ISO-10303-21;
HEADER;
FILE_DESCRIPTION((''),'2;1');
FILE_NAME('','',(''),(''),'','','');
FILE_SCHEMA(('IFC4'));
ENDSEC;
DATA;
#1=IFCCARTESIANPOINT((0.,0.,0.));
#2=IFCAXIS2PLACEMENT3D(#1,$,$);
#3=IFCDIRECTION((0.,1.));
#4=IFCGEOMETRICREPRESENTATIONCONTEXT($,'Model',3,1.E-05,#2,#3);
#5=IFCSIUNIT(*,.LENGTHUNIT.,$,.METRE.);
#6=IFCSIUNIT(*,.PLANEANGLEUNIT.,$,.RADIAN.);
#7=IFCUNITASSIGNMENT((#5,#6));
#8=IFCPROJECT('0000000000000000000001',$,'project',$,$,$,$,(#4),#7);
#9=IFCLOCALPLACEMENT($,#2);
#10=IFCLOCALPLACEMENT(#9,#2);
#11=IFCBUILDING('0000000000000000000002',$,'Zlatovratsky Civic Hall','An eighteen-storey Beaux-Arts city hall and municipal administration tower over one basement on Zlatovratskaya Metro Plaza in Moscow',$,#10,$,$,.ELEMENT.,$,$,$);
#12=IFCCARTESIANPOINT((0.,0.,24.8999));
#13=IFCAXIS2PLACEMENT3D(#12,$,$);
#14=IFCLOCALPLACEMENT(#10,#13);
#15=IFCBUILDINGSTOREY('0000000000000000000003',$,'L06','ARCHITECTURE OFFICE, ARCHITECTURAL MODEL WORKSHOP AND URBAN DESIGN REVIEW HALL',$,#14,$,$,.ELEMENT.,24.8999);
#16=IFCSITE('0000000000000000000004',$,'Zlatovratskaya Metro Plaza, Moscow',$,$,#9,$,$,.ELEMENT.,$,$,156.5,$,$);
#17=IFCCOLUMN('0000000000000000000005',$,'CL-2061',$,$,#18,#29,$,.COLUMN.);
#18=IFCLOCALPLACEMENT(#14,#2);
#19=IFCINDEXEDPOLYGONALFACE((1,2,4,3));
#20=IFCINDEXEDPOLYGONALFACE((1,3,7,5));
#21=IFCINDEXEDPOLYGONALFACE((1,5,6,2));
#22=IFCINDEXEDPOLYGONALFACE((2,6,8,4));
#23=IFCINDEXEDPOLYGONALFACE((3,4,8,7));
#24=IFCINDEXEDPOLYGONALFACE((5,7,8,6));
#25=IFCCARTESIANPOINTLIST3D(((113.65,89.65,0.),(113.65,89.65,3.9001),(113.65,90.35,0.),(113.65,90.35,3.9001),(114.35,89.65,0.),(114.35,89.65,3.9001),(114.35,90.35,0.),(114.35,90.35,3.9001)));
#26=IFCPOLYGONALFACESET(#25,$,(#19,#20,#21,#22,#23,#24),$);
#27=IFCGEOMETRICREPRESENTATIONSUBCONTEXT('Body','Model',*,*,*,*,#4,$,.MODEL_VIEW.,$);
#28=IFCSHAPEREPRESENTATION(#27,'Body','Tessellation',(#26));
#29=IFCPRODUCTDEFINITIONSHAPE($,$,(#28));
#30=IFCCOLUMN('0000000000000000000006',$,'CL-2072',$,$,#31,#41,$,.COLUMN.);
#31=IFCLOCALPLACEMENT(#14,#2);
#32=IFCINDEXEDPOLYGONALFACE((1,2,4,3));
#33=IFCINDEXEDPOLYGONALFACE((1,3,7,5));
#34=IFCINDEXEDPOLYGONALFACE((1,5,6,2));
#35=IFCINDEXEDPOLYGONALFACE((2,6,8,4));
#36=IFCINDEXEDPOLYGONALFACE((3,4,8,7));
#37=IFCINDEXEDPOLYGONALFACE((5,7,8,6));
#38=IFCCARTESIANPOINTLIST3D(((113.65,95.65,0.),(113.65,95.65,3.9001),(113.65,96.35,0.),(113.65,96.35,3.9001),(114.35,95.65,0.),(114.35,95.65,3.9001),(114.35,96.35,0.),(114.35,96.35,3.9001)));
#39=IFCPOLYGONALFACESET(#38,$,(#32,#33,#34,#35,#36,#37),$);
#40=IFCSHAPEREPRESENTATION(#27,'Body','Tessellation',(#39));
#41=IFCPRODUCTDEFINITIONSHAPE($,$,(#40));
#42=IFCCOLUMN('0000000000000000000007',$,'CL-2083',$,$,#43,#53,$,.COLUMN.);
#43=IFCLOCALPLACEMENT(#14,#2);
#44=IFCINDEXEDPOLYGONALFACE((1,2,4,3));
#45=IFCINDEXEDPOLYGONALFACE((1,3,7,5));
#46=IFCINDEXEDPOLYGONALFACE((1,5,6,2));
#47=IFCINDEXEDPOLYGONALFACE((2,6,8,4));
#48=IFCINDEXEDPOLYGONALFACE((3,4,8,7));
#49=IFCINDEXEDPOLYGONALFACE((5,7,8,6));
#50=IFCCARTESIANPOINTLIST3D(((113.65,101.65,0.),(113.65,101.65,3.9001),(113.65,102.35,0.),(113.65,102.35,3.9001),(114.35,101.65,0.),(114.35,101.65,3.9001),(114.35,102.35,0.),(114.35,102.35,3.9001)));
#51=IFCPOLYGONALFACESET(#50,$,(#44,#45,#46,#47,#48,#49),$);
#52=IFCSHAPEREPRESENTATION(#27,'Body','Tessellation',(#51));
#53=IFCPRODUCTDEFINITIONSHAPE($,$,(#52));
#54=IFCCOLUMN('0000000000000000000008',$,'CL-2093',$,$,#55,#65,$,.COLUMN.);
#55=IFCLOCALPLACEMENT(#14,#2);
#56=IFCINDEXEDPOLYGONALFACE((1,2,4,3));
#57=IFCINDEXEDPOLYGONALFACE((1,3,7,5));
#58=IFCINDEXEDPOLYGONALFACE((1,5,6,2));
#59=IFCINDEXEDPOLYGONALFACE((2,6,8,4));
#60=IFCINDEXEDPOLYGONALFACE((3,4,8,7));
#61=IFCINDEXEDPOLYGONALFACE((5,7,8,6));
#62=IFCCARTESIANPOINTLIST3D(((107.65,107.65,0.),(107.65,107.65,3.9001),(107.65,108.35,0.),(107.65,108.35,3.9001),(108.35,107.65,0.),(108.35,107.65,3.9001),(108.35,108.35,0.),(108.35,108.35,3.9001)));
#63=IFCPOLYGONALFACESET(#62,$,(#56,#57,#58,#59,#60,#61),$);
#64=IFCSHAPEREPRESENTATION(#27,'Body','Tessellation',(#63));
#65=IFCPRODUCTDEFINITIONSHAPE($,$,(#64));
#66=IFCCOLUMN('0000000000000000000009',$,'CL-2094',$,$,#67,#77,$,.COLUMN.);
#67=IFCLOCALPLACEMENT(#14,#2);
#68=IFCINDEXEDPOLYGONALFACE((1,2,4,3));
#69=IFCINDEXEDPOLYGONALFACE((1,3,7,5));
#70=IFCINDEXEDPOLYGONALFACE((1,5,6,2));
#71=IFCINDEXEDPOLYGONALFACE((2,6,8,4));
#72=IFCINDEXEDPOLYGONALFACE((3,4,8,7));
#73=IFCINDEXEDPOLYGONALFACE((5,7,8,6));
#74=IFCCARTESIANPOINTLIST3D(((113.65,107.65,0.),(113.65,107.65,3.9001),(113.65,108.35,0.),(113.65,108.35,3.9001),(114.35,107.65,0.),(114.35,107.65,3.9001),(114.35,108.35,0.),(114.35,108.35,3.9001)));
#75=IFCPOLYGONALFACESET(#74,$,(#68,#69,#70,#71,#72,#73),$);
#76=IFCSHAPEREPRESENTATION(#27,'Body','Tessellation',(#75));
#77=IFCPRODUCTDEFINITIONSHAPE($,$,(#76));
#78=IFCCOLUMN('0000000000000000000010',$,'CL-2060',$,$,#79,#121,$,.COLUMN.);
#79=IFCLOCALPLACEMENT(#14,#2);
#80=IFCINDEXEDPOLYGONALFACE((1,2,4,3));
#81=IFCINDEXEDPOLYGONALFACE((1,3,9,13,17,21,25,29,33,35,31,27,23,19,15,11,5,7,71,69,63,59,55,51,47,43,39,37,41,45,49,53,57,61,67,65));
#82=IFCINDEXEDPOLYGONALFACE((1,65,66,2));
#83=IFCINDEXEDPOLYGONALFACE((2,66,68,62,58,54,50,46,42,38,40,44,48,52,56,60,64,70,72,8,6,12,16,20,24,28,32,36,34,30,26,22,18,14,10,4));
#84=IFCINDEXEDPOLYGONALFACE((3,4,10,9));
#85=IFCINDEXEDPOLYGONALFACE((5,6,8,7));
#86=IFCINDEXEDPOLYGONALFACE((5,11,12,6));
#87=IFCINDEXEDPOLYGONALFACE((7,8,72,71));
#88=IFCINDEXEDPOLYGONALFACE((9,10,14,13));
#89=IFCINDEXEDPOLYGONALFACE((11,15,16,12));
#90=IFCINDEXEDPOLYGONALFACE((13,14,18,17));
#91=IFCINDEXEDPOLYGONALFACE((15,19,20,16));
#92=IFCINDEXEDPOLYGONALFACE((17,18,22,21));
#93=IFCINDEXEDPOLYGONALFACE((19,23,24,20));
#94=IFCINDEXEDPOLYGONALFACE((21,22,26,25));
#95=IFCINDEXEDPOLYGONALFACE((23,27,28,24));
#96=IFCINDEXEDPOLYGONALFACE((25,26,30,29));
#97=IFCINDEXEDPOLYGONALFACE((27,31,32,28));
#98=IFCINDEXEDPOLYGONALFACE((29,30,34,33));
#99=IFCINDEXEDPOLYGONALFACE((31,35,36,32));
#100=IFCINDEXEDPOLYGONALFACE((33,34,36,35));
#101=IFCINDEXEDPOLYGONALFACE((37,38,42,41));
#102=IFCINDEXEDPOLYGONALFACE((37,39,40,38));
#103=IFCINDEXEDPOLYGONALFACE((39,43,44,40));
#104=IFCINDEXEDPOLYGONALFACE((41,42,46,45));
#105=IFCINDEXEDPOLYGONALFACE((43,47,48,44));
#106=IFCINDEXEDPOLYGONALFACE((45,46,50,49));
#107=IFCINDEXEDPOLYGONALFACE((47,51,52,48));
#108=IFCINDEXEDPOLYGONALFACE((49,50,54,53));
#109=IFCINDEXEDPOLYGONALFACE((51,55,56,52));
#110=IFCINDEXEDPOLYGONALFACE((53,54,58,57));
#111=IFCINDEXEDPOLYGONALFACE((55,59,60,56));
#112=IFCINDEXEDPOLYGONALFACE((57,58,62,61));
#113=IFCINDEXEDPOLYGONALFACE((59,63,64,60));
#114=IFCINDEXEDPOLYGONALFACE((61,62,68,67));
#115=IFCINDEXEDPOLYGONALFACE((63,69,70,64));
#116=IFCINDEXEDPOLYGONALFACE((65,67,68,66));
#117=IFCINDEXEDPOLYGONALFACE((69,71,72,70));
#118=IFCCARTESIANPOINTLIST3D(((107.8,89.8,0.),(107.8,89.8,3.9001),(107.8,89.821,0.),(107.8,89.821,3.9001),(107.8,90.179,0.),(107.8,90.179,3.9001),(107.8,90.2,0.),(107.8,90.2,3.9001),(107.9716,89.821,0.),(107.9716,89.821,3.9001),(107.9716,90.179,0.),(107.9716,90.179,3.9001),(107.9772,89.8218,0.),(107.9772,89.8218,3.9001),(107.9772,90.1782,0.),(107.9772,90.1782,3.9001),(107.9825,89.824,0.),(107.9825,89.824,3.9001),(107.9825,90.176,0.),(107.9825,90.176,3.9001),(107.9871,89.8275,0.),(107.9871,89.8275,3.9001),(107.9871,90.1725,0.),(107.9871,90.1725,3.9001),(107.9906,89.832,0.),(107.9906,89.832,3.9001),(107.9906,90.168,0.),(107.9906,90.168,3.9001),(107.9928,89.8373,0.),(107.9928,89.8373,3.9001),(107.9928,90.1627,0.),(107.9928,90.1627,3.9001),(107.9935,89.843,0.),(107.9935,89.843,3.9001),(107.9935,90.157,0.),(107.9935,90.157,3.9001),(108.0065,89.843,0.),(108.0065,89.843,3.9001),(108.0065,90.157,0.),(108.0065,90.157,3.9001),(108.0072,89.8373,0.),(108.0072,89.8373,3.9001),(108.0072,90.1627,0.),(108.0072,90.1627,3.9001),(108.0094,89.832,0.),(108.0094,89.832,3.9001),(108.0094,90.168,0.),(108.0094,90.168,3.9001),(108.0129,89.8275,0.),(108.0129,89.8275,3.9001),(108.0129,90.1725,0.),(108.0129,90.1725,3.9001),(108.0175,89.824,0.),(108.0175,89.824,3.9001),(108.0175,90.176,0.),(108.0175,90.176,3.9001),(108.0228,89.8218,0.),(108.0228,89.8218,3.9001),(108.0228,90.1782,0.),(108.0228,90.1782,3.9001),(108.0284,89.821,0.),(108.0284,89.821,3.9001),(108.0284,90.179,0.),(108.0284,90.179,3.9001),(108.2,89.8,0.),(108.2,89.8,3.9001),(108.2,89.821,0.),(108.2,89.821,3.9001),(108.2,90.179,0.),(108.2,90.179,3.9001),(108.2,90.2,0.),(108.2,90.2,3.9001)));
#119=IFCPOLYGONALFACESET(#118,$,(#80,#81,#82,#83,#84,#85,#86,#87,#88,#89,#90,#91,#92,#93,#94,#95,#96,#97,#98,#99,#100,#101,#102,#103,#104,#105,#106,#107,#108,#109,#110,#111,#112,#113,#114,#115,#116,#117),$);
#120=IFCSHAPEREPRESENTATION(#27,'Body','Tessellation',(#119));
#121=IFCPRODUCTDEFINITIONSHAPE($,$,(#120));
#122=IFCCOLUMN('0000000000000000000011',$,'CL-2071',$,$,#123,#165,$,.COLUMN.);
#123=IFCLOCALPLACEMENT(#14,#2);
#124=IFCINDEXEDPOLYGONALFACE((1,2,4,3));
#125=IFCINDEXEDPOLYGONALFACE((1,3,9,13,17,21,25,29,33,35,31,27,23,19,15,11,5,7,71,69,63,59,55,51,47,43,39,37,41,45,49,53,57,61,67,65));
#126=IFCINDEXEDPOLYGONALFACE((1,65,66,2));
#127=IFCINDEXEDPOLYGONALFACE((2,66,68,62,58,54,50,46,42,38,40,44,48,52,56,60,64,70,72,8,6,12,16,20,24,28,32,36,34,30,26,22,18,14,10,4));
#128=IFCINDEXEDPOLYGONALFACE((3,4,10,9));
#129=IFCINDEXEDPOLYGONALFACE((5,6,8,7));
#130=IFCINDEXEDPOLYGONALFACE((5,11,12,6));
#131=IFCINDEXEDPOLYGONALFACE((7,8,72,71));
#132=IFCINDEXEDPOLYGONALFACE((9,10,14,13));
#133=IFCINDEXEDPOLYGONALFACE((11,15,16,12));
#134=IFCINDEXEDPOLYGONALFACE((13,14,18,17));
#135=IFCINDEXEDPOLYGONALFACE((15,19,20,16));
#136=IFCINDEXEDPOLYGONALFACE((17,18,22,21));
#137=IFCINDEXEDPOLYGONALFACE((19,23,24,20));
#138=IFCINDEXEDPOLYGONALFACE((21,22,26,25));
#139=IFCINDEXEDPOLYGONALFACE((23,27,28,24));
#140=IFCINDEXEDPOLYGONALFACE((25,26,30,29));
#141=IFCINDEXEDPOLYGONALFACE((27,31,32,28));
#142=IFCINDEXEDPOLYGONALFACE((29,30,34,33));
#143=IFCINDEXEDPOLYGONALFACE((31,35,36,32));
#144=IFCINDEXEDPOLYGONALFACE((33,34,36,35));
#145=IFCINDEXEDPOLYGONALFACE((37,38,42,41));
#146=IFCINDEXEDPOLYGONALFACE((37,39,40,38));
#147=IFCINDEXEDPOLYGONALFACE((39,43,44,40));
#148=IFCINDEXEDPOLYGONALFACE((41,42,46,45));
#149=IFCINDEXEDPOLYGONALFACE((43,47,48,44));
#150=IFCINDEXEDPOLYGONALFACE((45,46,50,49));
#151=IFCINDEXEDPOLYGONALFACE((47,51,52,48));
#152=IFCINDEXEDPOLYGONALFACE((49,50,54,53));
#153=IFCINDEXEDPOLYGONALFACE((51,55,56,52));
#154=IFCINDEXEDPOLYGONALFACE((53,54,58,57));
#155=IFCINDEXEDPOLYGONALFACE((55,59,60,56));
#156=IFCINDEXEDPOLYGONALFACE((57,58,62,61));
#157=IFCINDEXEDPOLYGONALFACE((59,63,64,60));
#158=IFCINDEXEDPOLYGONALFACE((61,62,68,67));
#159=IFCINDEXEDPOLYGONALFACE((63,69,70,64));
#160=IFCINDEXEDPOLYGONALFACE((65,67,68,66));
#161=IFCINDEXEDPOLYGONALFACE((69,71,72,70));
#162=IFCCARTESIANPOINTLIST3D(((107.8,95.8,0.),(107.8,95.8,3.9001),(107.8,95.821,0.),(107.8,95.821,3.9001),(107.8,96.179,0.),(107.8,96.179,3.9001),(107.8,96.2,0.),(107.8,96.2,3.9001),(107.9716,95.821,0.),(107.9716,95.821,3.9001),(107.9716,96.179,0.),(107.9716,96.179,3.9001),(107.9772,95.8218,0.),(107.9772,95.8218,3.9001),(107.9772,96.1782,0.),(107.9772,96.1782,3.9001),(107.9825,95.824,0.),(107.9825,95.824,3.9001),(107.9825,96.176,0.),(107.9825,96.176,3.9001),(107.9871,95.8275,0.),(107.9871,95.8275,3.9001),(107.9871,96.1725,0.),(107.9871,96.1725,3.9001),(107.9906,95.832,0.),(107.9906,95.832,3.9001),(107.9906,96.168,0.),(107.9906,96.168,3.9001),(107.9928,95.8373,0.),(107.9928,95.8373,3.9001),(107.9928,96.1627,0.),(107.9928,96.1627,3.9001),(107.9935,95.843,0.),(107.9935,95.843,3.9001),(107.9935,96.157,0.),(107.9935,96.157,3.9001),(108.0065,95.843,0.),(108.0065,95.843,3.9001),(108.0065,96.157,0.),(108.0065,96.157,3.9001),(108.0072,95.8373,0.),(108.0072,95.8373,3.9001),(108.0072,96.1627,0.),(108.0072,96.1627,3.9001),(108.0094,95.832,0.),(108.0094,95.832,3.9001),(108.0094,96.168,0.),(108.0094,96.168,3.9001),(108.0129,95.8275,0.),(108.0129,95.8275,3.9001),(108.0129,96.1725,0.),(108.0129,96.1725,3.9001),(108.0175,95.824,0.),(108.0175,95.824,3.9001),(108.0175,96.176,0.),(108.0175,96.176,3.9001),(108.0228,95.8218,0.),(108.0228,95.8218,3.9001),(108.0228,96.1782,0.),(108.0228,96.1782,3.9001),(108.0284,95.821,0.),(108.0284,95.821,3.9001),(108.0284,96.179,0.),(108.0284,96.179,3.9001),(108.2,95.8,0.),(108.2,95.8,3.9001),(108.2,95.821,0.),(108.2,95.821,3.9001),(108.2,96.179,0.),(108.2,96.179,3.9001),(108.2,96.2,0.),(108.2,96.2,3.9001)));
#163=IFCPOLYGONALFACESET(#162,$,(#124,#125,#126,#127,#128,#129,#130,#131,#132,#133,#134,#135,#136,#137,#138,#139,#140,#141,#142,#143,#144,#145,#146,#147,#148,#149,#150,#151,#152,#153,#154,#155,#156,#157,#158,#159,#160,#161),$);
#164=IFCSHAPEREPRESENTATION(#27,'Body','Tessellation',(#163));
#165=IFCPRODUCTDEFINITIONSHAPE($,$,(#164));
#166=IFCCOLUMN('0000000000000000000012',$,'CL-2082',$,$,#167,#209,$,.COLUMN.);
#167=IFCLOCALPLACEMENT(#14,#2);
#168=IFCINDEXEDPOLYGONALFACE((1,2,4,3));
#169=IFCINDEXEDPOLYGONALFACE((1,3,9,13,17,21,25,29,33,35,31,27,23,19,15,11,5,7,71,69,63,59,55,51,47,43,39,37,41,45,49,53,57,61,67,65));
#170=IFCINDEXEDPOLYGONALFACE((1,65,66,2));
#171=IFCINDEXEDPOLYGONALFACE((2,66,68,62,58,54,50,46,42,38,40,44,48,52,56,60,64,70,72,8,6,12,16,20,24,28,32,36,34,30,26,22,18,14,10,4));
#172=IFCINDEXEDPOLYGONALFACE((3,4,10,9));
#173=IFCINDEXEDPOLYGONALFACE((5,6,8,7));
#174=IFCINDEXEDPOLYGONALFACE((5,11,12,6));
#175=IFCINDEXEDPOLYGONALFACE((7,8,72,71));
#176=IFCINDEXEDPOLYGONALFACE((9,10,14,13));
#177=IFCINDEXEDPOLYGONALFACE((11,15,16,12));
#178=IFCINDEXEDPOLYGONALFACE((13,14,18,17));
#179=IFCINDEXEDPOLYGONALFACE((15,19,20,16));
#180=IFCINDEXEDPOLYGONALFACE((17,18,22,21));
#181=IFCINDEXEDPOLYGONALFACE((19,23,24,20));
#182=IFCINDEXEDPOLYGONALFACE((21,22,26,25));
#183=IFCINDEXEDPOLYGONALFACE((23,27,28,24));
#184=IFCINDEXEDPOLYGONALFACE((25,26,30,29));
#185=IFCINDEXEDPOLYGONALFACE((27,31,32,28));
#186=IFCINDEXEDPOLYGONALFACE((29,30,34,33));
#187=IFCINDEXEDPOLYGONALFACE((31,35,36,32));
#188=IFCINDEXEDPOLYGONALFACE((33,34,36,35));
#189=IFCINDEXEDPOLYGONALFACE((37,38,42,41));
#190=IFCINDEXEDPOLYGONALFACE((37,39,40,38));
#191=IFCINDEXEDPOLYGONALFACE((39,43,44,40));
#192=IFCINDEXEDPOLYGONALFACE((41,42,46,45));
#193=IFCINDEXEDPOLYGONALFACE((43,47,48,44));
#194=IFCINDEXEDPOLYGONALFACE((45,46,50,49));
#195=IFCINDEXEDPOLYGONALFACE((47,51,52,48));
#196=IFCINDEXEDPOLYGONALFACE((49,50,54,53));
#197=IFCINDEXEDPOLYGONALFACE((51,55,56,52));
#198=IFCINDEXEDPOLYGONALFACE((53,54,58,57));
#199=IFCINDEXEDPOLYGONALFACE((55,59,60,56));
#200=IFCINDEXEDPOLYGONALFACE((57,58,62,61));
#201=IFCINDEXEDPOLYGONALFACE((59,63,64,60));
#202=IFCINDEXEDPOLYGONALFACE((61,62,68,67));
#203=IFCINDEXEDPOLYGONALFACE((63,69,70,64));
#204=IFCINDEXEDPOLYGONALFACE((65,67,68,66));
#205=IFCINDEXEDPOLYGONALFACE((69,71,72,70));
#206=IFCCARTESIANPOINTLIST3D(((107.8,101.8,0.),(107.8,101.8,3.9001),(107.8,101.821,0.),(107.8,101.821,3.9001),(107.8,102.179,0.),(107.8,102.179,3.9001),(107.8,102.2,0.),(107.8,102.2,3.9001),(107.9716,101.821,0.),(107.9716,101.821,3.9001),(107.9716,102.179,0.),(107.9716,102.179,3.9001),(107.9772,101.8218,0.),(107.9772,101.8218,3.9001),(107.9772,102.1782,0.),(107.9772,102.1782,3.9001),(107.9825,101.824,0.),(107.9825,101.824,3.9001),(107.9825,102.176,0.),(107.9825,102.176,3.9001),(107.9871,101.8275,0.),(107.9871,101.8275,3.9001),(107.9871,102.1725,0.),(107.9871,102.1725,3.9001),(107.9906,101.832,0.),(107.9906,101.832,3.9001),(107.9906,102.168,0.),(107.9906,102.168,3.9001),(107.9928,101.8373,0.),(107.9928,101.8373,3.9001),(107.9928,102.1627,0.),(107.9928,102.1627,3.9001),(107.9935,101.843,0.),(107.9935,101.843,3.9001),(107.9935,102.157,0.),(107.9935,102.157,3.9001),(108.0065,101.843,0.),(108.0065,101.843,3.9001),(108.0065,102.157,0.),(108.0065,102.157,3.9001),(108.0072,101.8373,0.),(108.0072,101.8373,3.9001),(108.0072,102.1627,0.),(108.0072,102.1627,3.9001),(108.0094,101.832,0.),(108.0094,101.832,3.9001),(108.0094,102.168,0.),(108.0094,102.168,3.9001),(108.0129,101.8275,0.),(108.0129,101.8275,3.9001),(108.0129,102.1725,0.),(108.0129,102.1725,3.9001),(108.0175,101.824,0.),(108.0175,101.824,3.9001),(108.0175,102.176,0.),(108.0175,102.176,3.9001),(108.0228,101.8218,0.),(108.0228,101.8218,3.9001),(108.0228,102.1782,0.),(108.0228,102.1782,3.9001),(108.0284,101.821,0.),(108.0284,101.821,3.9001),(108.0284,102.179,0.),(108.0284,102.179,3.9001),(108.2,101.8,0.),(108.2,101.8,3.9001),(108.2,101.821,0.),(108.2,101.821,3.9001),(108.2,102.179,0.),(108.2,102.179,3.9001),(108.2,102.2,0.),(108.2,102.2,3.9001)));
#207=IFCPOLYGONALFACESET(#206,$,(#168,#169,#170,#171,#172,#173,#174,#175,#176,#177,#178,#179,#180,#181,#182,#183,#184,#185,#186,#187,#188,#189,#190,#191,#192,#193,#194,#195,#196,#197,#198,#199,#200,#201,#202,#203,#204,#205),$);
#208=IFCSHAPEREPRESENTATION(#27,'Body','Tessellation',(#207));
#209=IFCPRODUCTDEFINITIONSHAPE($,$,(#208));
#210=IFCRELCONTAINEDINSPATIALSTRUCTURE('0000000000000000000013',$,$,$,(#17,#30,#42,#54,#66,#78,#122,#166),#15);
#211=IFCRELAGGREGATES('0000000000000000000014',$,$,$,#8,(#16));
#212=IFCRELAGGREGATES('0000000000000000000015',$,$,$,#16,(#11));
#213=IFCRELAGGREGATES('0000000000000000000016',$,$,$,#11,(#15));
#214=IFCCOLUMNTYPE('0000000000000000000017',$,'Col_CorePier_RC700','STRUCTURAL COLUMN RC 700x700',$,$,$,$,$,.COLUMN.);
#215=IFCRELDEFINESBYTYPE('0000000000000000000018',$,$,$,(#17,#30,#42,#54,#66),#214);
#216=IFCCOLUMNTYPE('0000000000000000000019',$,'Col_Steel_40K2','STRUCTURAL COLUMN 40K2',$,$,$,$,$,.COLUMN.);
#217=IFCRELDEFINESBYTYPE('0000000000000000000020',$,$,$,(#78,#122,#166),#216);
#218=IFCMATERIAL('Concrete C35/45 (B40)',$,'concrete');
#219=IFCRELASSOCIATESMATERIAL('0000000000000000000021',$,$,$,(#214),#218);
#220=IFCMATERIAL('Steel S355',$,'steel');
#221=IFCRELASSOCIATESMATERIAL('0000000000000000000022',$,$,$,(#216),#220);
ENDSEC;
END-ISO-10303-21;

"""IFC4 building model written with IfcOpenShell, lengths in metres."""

from ifc_helpers import new_model, si_unit, direction, frame, origin, origin_2d, place, context, subcontext, project, spatial, rectangle, i_section, extrude, material, material_profile, profile_set, type_object, element, save


model = new_model("IFC4")

# Units and contexts
model_context = context("Model", 3, precision=1e-05, world=origin(), true_north=direction((0.0, 1.0)))
body_context = subcontext(model_context, "Body", "Model", "MODEL_VIEW")
ifc_project = project(units=[si_unit("LENGTHUNIT", "METRE"), si_unit("PLANEANGLEUNIT", "RADIAN")], contexts=[model_context])

# Site, building, storey
site_placement = place(None, origin())
site = spatial("IfcSite", under=ifc_project, at=site_placement, Name="Zlatovratskaya Metro Plaza, Moscow", CompositionType="ELEMENT", RefElevation=156.5)
building_placement = place(site_placement, origin())
building = spatial("IfcBuilding", under=site, at=building_placement, Name="Zlatovratsky Civic Hall", Description="An eighteen-storey Beaux-Arts city hall and municipal administration tower over one basement on Zlatovratskaya Metro Plaza in Moscow", CompositionType="ELEMENT")
storey_placement = place(building_placement, frame((0.0, 0.0, 24.8999)))
storey = spatial("IfcBuildingStorey", under=building, at=storey_placement, Name="L06", Description="ARCHITECTURE OFFICE, ARCHITECTURAL MODEL WORKSHOP AND URBAN DESIGN REVIEW HALL", CompositionType="ELEMENT", Elevation=24.8999)

# Columns
ifc_material_1 = material(Name="Concrete C35/45 (B40)", Category="concrete")
ifc_material_profile_1 = material_profile(ifc_material_1, rectangle(XDim=0.7, YDim=0.7, at=origin_2d()), Name="RC 700x700")
ifc_profile_set_1 = profile_set([ifc_material_profile_1], Name="Concrete C35/45 (B40)")
column_type_1 = type_object("IfcColumnType", Name="Col_CorePier_RC700", Description="STRUCTURAL COLUMN RC 700x700", PredefinedType="COLUMN", material=ifc_profile_set_1)
for number, where, z_axis, x_axis, name in (
    (1, (114.0, 90.0, 0.0), (0.0, 0.0, 1.0), (1.0, 0.0, 0.0), "CL-2061"),
    (2, (114.0, 96.0, 0.0), (0.0, 0.0, 1.0), (1.0, 0.0, 0.0), "CL-2072"),
    (3, (114.0, 102.0, 0.0), (0.0, 0.0, 1.0), (1.0, 0.0, 0.0), "CL-2083"),
    (4, (108.0, 108.0, 0.0), (0.0, 0.0, 1.0), (1.0, 0.0, 0.0), "CL-2093"),
    (5, (114.0, 108.0, 0.0), (0.0, 0.0, 1.0), (1.0, 0.0, 0.0), "CL-2094"),
):
    element("IfcColumn", number, at=place(storey_placement, frame(where, z_axis=z_axis, x_axis=x_axis)), inside=storey, type_object=column_type_1, Name=name, PredefinedType="COLUMN", context=body_context, shape_type="SweptSolid", body=[
        extrude(rectangle(XDim=0.7, YDim=0.7, at=origin_2d()), origin(), (0.0, 0.0, 1.0), 3.9001),
    ])
ifc_material_2 = material(Name="Steel S355", Category="steel")
ifc_material_profile_2 = material_profile(ifc_material_2, i_section(OverallWidth=0.3999, OverallDepth=0.3999, WebThickness=0.0129, FlangeThickness=0.021, FilletRadius=0.022, at=origin_2d()), Name="40K2")
ifc_profile_set_2 = profile_set([ifc_material_profile_2], Name="Steel S355")
column_type_2 = type_object("IfcColumnType", Name="Col_Steel_40K2", Description="STRUCTURAL COLUMN 40K2", PredefinedType="COLUMN", material=ifc_profile_set_2)
for number, where, z_axis, x_axis, name in (
    (6, (108.0, 90.0, 0.0), (0.0, 0.0, 1.0), (1.0, 0.0, 0.0), "CL-2060"),
    (7, (108.0, 96.0, 0.0), (0.0, 0.0, 1.0), (1.0, 0.0, 0.0), "CL-2071"),
    (8, (108.0, 102.0, 0.0), (0.0, 0.0, 1.0), (1.0, 0.0, 0.0), "CL-2082"),
):
    element("IfcColumn", number, at=place(storey_placement, frame(where, z_axis=z_axis, x_axis=x_axis)), inside=storey, type_object=column_type_2, Name=name, PredefinedType="COLUMN", context=body_context, shape_type="SweptSolid", body=[
        extrude(i_section(OverallWidth=0.3999, OverallDepth=0.3999, WebThickness=0.0129, FlangeThickness=0.021, FilletRadius=0.022, at=origin_2d()), origin(), (0.0, 0.0, 1.0), 3.9001),
    ])

save(model, "model.ifc")
